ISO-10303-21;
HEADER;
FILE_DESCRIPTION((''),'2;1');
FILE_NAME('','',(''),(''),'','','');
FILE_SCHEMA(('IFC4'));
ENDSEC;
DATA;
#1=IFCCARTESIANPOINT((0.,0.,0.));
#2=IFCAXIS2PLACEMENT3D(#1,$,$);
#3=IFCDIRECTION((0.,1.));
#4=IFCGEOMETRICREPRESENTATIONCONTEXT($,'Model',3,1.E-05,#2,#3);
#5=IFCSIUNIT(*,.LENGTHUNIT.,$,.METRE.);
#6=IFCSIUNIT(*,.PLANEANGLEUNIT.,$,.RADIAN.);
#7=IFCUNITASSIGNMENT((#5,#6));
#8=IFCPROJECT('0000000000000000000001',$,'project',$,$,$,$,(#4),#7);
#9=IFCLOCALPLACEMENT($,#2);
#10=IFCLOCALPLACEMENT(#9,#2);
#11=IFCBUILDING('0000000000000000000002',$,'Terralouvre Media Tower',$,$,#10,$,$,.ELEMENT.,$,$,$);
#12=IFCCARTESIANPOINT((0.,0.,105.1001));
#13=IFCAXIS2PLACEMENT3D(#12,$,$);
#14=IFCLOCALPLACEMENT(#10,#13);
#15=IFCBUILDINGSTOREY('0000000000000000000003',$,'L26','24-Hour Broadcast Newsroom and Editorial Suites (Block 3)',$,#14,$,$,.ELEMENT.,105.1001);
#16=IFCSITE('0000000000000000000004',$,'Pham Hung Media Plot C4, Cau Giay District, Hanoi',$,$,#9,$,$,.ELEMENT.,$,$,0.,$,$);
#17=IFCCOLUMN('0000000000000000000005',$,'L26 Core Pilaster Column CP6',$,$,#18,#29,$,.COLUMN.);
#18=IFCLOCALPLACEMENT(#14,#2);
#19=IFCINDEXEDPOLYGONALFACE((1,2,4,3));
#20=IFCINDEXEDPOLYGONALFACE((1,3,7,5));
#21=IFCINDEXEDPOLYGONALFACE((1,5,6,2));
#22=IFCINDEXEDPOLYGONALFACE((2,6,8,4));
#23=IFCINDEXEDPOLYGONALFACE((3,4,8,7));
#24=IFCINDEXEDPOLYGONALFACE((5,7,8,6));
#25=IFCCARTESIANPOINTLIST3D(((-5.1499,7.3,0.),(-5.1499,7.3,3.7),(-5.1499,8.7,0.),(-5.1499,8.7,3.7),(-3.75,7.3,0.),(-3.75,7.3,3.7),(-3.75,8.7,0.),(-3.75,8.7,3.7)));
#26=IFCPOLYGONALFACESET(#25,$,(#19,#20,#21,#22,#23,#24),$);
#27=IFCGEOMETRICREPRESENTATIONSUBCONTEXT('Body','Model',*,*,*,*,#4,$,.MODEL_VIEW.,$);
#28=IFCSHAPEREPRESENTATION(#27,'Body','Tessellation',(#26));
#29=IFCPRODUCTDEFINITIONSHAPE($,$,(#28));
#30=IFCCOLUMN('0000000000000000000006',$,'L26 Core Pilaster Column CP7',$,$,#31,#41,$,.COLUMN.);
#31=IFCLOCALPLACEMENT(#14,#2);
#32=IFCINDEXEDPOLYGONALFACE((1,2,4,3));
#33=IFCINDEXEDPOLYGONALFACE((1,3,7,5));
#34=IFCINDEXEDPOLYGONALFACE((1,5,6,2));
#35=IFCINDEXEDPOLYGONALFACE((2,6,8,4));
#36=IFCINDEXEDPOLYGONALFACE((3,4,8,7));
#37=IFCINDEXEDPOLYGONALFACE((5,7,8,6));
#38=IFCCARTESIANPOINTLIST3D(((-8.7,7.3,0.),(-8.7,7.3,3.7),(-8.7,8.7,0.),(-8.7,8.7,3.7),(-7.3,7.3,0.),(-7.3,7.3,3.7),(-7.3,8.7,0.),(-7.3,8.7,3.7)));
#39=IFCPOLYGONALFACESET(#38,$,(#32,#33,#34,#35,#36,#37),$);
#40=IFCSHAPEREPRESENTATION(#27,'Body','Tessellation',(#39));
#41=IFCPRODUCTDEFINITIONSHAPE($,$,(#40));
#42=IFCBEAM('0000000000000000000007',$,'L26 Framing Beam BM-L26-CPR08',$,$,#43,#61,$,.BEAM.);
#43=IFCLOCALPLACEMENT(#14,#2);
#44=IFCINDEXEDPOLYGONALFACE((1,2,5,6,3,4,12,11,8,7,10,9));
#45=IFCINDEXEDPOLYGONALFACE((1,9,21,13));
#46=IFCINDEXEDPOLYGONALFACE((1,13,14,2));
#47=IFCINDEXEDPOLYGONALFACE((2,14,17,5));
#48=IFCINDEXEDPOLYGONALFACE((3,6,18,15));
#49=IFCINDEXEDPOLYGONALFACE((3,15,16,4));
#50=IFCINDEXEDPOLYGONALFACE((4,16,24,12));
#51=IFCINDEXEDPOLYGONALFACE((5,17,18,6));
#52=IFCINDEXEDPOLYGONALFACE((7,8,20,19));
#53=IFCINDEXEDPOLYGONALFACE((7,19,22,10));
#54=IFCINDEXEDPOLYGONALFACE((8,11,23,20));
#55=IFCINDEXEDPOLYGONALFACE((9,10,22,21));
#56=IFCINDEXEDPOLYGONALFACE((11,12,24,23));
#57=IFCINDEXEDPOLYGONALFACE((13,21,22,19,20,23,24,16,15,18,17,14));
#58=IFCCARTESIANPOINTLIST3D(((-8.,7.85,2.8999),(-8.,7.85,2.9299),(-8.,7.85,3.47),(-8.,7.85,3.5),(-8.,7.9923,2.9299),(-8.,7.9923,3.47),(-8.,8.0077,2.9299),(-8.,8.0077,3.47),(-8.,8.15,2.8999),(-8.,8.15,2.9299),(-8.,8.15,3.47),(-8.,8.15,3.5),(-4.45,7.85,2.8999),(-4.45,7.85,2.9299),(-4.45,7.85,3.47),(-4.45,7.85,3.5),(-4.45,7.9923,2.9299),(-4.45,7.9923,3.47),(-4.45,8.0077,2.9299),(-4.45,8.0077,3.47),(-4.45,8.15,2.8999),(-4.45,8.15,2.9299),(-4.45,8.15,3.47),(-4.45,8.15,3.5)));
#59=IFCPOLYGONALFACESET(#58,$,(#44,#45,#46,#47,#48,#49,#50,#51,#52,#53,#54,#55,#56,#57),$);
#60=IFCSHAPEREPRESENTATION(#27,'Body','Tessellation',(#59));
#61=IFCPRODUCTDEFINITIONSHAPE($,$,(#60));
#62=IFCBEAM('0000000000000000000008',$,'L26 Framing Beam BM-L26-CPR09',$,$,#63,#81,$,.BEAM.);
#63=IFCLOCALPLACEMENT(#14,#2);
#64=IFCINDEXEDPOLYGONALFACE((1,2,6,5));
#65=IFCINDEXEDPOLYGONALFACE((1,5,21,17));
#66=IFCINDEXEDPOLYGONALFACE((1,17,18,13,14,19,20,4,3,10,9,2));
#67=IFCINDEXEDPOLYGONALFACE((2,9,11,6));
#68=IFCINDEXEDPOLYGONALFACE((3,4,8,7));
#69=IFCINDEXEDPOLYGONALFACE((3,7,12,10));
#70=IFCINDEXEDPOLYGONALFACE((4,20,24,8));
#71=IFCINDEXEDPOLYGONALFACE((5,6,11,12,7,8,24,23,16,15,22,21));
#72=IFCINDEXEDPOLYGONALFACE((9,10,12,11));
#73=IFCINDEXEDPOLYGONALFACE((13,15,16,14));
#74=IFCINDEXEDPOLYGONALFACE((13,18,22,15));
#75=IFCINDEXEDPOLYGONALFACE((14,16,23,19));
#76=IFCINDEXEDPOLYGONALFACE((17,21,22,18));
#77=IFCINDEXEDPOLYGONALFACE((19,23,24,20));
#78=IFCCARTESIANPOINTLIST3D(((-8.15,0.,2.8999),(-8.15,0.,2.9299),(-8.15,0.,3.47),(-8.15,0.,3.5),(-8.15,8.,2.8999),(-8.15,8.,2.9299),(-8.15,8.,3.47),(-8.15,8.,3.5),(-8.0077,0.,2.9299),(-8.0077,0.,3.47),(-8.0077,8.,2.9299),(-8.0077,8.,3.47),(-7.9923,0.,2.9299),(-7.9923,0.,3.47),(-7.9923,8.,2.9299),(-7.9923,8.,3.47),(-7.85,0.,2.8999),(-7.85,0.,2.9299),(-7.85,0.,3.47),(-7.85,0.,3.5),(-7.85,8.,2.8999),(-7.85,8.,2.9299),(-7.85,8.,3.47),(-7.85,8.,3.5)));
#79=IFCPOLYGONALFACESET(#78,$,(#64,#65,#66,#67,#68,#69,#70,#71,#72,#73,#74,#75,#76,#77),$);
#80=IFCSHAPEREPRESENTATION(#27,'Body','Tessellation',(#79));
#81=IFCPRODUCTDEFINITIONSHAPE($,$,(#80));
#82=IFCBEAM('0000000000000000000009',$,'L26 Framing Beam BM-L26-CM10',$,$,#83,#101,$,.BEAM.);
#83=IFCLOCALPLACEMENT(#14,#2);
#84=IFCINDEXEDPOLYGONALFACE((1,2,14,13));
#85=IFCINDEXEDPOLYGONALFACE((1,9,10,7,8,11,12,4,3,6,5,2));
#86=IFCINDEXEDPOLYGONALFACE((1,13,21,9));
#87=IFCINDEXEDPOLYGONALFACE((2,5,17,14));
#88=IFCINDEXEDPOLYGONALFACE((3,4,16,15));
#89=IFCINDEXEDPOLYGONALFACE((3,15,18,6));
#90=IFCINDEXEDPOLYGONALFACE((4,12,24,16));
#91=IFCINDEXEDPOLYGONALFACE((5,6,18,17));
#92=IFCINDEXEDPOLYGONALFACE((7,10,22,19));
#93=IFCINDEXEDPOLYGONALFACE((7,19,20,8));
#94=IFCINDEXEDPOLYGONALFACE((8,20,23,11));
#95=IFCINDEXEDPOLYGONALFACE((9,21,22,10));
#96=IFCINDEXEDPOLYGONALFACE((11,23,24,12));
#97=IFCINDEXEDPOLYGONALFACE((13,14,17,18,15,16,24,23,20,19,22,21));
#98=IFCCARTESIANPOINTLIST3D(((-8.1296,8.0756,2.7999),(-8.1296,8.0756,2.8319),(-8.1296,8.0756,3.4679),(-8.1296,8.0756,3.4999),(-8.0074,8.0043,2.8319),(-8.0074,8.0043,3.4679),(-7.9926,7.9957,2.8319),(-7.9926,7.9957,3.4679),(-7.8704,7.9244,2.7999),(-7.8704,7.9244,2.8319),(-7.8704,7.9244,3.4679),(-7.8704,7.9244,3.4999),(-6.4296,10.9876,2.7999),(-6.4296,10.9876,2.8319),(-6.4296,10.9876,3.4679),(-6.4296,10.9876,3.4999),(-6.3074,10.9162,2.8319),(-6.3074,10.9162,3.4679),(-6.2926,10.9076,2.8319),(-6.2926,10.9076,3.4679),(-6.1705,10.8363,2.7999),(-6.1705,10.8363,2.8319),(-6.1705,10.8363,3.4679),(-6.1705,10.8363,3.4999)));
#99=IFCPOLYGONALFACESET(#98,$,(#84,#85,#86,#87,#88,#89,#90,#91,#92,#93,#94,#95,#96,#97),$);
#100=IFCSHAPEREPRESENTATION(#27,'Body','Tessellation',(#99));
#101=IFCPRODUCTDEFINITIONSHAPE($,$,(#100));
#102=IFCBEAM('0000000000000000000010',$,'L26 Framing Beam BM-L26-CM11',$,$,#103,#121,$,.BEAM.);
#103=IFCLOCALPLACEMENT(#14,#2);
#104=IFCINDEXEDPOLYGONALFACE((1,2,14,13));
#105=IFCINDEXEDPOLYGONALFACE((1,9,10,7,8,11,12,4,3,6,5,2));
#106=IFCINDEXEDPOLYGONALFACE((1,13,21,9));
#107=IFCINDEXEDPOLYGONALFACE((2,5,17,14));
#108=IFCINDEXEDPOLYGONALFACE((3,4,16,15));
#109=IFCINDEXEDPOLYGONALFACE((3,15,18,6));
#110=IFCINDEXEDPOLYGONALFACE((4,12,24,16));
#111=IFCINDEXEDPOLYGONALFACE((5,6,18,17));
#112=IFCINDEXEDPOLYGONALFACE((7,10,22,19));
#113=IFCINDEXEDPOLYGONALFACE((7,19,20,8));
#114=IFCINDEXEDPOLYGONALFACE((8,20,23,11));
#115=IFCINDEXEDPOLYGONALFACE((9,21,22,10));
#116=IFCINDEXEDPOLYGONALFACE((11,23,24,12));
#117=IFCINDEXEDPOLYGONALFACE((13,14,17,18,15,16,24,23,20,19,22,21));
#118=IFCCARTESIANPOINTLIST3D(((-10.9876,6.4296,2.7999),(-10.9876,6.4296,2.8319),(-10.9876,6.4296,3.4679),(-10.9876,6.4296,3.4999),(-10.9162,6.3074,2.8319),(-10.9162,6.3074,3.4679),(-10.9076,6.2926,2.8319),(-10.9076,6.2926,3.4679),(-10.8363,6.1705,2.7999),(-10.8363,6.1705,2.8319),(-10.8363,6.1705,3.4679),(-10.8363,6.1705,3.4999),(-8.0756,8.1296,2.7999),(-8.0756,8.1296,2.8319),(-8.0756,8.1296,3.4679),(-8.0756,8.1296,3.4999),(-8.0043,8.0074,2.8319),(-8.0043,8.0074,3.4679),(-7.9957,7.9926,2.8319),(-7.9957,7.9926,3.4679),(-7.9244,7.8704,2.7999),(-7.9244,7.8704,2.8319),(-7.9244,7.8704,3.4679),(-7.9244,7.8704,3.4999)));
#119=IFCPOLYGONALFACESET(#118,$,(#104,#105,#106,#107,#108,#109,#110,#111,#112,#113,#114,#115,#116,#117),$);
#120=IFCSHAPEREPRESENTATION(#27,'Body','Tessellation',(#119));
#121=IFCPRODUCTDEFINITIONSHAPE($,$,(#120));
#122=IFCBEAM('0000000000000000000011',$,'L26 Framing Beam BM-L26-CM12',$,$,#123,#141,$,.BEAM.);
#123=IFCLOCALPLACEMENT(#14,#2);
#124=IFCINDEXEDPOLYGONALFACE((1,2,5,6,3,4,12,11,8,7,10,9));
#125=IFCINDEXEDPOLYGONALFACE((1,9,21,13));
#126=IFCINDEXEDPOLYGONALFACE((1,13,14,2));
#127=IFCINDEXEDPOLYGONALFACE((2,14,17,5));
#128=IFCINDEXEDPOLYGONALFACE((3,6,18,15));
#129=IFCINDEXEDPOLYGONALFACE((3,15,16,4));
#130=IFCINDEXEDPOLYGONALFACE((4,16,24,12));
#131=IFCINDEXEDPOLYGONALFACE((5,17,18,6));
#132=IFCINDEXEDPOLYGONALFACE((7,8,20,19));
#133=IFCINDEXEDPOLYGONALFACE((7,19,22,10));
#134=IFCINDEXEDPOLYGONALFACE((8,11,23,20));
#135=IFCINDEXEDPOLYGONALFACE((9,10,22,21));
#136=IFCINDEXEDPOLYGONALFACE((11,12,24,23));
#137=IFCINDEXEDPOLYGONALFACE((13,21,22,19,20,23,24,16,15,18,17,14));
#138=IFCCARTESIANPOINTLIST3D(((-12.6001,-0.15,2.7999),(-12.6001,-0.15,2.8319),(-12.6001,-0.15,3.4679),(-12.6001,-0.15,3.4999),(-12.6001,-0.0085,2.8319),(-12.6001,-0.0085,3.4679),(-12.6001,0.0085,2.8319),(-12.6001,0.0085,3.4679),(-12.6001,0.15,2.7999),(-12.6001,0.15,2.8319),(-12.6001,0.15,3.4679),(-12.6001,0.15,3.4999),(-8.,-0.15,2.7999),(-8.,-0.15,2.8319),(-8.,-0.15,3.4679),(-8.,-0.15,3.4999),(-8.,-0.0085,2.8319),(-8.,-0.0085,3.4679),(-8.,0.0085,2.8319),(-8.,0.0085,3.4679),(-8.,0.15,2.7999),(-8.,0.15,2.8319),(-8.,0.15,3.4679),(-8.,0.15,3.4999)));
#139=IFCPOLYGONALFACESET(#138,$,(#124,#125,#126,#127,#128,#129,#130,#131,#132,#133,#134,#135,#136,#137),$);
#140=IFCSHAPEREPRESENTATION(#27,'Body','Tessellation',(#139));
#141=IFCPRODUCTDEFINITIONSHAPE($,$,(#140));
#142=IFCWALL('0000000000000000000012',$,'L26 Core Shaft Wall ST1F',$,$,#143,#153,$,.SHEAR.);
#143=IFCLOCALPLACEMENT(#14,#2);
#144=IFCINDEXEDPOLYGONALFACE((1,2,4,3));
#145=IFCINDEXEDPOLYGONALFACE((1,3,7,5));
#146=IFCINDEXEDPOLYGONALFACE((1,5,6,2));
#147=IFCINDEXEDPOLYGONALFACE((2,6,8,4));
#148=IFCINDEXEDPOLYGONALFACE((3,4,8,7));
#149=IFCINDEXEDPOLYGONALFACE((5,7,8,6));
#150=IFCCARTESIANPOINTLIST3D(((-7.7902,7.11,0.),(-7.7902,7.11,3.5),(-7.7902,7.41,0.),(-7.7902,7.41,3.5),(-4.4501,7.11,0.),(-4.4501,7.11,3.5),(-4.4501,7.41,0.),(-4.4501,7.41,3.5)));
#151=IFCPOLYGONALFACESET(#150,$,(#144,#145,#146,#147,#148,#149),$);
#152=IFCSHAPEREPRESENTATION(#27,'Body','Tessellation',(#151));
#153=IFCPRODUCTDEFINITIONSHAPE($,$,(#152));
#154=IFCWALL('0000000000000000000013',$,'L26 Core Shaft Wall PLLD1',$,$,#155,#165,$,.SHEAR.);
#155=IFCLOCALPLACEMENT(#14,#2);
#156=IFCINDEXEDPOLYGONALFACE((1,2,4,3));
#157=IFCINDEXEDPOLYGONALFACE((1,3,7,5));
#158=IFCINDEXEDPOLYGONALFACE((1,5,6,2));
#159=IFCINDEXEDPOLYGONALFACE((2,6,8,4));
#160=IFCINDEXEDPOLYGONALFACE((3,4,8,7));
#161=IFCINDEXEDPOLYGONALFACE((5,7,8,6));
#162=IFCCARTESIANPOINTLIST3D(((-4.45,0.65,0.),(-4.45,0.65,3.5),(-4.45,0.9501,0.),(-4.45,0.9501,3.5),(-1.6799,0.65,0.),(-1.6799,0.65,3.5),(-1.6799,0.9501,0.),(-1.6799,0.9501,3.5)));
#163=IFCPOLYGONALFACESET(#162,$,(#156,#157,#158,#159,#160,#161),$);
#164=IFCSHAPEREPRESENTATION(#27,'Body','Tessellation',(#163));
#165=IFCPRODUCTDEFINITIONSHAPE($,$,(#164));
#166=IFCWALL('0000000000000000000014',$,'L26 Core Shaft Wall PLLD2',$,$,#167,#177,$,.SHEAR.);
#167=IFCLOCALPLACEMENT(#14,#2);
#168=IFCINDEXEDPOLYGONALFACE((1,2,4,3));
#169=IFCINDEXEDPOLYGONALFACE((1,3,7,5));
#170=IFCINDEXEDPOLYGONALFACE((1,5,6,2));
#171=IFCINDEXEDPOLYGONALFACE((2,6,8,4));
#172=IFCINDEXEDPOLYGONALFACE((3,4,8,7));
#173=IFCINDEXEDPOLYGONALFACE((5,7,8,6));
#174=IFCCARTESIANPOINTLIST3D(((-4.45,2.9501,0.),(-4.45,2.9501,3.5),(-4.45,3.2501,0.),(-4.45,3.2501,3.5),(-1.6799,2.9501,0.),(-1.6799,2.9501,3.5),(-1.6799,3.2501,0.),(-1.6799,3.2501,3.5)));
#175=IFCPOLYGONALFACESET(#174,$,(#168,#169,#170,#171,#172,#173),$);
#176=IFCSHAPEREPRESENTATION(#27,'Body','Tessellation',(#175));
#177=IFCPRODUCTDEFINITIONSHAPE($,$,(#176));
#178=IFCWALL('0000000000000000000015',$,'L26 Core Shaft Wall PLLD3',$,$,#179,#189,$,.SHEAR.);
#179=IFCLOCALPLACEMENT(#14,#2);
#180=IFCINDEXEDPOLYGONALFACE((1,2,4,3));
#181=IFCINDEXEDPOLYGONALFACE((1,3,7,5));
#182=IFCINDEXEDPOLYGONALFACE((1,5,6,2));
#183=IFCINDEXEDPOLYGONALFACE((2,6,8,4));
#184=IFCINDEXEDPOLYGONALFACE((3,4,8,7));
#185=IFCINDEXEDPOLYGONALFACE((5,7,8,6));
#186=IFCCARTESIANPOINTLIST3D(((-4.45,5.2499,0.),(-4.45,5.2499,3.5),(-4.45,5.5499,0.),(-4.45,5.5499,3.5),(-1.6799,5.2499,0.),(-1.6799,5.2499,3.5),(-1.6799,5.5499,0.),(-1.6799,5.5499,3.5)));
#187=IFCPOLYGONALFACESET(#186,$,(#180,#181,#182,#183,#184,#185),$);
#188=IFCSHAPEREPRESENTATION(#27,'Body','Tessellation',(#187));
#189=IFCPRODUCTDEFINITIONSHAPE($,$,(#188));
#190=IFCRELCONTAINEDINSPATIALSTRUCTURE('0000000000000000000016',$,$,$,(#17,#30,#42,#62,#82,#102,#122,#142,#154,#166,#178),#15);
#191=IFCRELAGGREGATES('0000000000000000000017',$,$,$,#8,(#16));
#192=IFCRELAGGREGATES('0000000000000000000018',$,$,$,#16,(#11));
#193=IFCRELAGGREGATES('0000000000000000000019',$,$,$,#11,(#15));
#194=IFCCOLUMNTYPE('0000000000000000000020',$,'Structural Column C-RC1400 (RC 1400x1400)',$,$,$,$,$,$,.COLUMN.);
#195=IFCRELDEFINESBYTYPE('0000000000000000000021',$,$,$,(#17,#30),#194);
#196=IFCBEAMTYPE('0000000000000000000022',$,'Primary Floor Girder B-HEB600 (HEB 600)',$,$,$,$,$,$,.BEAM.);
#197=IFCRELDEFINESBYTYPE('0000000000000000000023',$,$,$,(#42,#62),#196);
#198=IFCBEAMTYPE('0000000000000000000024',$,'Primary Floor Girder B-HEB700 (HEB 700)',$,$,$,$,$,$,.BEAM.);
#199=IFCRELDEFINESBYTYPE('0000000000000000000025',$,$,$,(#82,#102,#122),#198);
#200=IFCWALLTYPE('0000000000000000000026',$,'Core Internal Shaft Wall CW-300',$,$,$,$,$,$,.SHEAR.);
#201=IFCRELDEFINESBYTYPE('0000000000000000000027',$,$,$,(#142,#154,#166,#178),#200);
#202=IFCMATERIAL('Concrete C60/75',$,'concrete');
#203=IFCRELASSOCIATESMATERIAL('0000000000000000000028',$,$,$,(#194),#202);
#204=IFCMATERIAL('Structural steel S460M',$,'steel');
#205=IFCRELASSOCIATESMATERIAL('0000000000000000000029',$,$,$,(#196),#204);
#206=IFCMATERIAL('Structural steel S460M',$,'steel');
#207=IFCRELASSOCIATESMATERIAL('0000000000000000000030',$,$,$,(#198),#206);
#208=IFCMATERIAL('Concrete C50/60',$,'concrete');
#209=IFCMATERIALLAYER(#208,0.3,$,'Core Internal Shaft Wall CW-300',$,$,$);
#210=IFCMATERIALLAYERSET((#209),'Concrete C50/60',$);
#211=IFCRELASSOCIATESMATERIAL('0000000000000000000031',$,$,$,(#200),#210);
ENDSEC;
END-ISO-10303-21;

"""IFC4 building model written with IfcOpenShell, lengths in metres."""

from ifc_helpers import new_model, si_unit, direction, frame, frame_2d, origin, origin_2d, place, context, subcontext, project, spatial, rectangle, i_section, extrude, material, layer, layer_set, material_profile, profile_set, type_object, element, save


model = new_model("IFC4")

# Units and contexts
model_context = context("Model", 3, precision=1e-05, world=origin(), true_north=direction((0.0, 1.0)))
body_context = subcontext(model_context, "Body", "Model", "MODEL_VIEW")
ifc_project = project(units=[si_unit("LENGTHUNIT", "METRE"), si_unit("PLANEANGLEUNIT", "RADIAN")], contexts=[model_context])

# Site, building, storey
site_placement = place(None, origin())
site = spatial("IfcSite", under=ifc_project, at=site_placement, Name="Pham Hung Media Plot C4, Cau Giay District, Hanoi", CompositionType="ELEMENT", RefElevation=0.0)
building_placement = place(site_placement, origin())
building = spatial("IfcBuilding", under=site, at=building_placement, Name="Terralouvre Media Tower", CompositionType="ELEMENT")
storey_placement = place(building_placement, frame((0.0, 0.0, 105.1001)))
storey = spatial("IfcBuildingStorey", under=building, at=storey_placement, Name="L26", Description="24-Hour Broadcast Newsroom and Editorial Suites (Block 3)", CompositionType="ELEMENT", Elevation=105.1001)

# Columns
ifc_material_1 = material(Name="Concrete C60/75", Category="concrete")
ifc_material_profile_1 = material_profile(ifc_material_1, rectangle(XDim=1.3999, YDim=1.3999, at=origin_2d()), Name="RC 1400x1400")
ifc_profile_set_1 = profile_set([ifc_material_profile_1], Name="Concrete C60/75")
column_type = type_object("IfcColumnType", Name="Structural Column C-RC1400 (RC 1400x1400)", PredefinedType="COLUMN", material=ifc_profile_set_1)
for number, where, z_axis, x_axis, name in (
    (1, (-4.45, 8.0, 0.0), (0.0, 0.0, 1.0), (1.0, 0.0, 0.0), "L26 Core Pilaster Column CP6"),
    (2, (-8.0, 8.0, 0.0), (0.0, 0.0, 1.0), (1.0, 0.0, 0.0), "L26 Core Pilaster Column CP7"),
):
    element("IfcColumn", number, at=place(storey_placement, frame(where, z_axis=z_axis, x_axis=x_axis)), inside=storey, type_object=column_type, Name=name, PredefinedType="COLUMN", context=body_context, shape_type="SweptSolid", body=[
        extrude(rectangle(XDim=1.3999, YDim=1.3999, at=origin_2d()), origin(), (0.0, 0.0, 1.0), 3.7),
    ])

# Beams
ifc_material_2 = material(Name="Structural steel S460M", Category="steel")
ifc_material_profile_2 = material_profile(ifc_material_2, i_section(OverallWidth=0.3, OverallDepth=0.6001, WebThickness=0.0154, FlangeThickness=0.03, at=origin_2d()), Name="HEB 600")
ifc_profile_set_2 = profile_set([ifc_material_profile_2], Name="Structural steel S460M")
beam_type_1 = type_object("IfcBeamType", Name="Primary Floor Girder B-HEB600 (HEB 600)", PredefinedType="BEAM", material=ifc_profile_set_2)
beam_1_placement = place(storey_placement, frame((-4.45, 8.0, 3.2), z_axis=(-1.0, 0.0, 0.0), x_axis=(0.0, -1.0, 0.0)))
element("IfcBeam", 3, at=beam_1_placement, inside=storey, type_object=beam_type_1, Name="L26 Framing Beam BM-L26-CPR08", PredefinedType="BEAM", context=body_context, shape_type="SweptSolid", body=[
    extrude(i_section(OverallWidth=0.3, OverallDepth=0.6001, WebThickness=0.0154, FlangeThickness=0.03, at=origin_2d()), origin(), (0.0, 0.0, 1.0), 3.55),
])
beam_2_placement = place(storey_placement, frame((-8.0, 8.0, 3.2), z_axis=(0.0, -1.0, 0.0), x_axis=(1.0, 0.0, 0.0)))
element("IfcBeam", 4, at=beam_2_placement, inside=storey, type_object=beam_type_1, Name="L26 Framing Beam BM-L26-CPR09", PredefinedType="BEAM", context=body_context, shape_type="SweptSolid", body=[
    extrude(i_section(OverallWidth=0.3, OverallDepth=0.6001, WebThickness=0.0154, FlangeThickness=0.03, at=origin_2d()), origin(), (0.0, 0.0, 1.0), 8.0),
])
ifc_material_3 = material(Name="Structural steel S460M", Category="steel")
ifc_material_profile_3 = material_profile(ifc_material_3, i_section(OverallWidth=0.3, OverallDepth=0.7, WebThickness=0.0171, FlangeThickness=0.032, at=origin_2d()), Name="HEB 700")
ifc_profile_set_3 = profile_set([ifc_material_profile_3], Name="Structural steel S460M")
beam_type_2 = type_object("IfcBeamType", Name="Primary Floor Girder B-HEB700 (HEB 700)", PredefinedType="BEAM", material=ifc_profile_set_3)
for number, where, z_axis, x_axis, name in (
    (5, (-8.0, 8.0, 3.1499), (0.504173, 0.863603, 0.0), (-0.863603, 0.504173, 0.0), "L26 Framing Beam BM-L26-CM10"),
    (6, (-8.0, 8.0, 3.1499), (-0.863603, -0.504173, 0.0), (0.504173, -0.863603, 0.0), "L26 Framing Beam BM-L26-CM11"),
):
    element("IfcBeam", number, at=place(storey_placement, frame(where, z_axis=z_axis, x_axis=x_axis)), inside=storey, type_object=beam_type_2, Name=name, PredefinedType="BEAM", context=body_context, shape_type="SweptSolid", body=[
        extrude(i_section(OverallWidth=0.3, OverallDepth=0.7, WebThickness=0.0171, FlangeThickness=0.032, at=origin_2d()), origin(), (0.0, 0.0, 1.0), 3.3718),
    ])
beam_3_placement = place(storey_placement, frame((-8.0, 0.0, 3.1499), z_axis=(-1.0, 0.0, 0.0), x_axis=(0.0, -1.0, 0.0)))
element("IfcBeam", 7, at=beam_3_placement, inside=storey, type_object=beam_type_2, Name="L26 Framing Beam BM-L26-CM12", PredefinedType="BEAM", context=body_context, shape_type="SweptSolid", body=[
    extrude(i_section(OverallWidth=0.3, OverallDepth=0.7, WebThickness=0.0171, FlangeThickness=0.032, at=origin_2d()), origin(), (0.0, 0.0, 1.0), 4.6001),
])

# Shared definitions
ifc_material_4 = material(Name="Concrete C50/60", Category="concrete")
ifc_layer_1 = layer(ifc_material_4, 0.3, Name="Core Internal Shaft Wall CW-300")
ifc_layer_set_1 = layer_set([ifc_layer_1], Name="Concrete C50/60")
wall_type_1 = type_object("IfcWallType", Name="Core Internal Shaft Wall CW-300", PredefinedType="SHEAR", material=ifc_layer_set_1)

# Walls
wall_1_placement = place(storey_placement, frame((-7.79, 7.26, 0.0), z_axis=(0.0, 0.0, 1.0), x_axis=(1.0, 0.0, 0.0)))
element("IfcWall", 8, at=wall_1_placement, inside=storey, type_object=wall_type_1, Name="L26 Core Shaft Wall ST1F", PredefinedType="SHEAR", context=body_context, shape_type="SweptSolid", body=[
    extrude(rectangle(XDim=3.3401, YDim=0.3, at=frame_2d((1.6699, 0.0))), origin(), (0.0, 0.0, 1.0), 3.5),
])
for number, where, z_axis, x_axis, name in (
    (9, (-4.45, 0.8, 0.0), (0.0, 0.0, 1.0), (1.0, 0.0, 0.0), "L26 Core Shaft Wall PLLD1"),
    (10, (-4.45, 3.1001, 0.0), (0.0, 0.0, 1.0), (1.0, 0.0, 0.0), "L26 Core Shaft Wall PLLD2"),
    (11, (-4.45, 5.3999, 0.0), (0.0, 0.0, 1.0), (1.0, 0.0, 0.0), "L26 Core Shaft Wall PLLD3"),
):
    element("IfcWall", number, at=place(storey_placement, frame(where, z_axis=z_axis, x_axis=x_axis)), inside=storey, type_object=wall_type_1, Name=name, PredefinedType="SHEAR", context=body_context, shape_type="SweptSolid", body=[
        extrude(rectangle(XDim=2.77, YDim=0.3, at=frame_2d((1.385, 0.0))), origin(), (0.0, 0.0, 1.0), 3.5),
    ])

save(model, "model.ifc")
